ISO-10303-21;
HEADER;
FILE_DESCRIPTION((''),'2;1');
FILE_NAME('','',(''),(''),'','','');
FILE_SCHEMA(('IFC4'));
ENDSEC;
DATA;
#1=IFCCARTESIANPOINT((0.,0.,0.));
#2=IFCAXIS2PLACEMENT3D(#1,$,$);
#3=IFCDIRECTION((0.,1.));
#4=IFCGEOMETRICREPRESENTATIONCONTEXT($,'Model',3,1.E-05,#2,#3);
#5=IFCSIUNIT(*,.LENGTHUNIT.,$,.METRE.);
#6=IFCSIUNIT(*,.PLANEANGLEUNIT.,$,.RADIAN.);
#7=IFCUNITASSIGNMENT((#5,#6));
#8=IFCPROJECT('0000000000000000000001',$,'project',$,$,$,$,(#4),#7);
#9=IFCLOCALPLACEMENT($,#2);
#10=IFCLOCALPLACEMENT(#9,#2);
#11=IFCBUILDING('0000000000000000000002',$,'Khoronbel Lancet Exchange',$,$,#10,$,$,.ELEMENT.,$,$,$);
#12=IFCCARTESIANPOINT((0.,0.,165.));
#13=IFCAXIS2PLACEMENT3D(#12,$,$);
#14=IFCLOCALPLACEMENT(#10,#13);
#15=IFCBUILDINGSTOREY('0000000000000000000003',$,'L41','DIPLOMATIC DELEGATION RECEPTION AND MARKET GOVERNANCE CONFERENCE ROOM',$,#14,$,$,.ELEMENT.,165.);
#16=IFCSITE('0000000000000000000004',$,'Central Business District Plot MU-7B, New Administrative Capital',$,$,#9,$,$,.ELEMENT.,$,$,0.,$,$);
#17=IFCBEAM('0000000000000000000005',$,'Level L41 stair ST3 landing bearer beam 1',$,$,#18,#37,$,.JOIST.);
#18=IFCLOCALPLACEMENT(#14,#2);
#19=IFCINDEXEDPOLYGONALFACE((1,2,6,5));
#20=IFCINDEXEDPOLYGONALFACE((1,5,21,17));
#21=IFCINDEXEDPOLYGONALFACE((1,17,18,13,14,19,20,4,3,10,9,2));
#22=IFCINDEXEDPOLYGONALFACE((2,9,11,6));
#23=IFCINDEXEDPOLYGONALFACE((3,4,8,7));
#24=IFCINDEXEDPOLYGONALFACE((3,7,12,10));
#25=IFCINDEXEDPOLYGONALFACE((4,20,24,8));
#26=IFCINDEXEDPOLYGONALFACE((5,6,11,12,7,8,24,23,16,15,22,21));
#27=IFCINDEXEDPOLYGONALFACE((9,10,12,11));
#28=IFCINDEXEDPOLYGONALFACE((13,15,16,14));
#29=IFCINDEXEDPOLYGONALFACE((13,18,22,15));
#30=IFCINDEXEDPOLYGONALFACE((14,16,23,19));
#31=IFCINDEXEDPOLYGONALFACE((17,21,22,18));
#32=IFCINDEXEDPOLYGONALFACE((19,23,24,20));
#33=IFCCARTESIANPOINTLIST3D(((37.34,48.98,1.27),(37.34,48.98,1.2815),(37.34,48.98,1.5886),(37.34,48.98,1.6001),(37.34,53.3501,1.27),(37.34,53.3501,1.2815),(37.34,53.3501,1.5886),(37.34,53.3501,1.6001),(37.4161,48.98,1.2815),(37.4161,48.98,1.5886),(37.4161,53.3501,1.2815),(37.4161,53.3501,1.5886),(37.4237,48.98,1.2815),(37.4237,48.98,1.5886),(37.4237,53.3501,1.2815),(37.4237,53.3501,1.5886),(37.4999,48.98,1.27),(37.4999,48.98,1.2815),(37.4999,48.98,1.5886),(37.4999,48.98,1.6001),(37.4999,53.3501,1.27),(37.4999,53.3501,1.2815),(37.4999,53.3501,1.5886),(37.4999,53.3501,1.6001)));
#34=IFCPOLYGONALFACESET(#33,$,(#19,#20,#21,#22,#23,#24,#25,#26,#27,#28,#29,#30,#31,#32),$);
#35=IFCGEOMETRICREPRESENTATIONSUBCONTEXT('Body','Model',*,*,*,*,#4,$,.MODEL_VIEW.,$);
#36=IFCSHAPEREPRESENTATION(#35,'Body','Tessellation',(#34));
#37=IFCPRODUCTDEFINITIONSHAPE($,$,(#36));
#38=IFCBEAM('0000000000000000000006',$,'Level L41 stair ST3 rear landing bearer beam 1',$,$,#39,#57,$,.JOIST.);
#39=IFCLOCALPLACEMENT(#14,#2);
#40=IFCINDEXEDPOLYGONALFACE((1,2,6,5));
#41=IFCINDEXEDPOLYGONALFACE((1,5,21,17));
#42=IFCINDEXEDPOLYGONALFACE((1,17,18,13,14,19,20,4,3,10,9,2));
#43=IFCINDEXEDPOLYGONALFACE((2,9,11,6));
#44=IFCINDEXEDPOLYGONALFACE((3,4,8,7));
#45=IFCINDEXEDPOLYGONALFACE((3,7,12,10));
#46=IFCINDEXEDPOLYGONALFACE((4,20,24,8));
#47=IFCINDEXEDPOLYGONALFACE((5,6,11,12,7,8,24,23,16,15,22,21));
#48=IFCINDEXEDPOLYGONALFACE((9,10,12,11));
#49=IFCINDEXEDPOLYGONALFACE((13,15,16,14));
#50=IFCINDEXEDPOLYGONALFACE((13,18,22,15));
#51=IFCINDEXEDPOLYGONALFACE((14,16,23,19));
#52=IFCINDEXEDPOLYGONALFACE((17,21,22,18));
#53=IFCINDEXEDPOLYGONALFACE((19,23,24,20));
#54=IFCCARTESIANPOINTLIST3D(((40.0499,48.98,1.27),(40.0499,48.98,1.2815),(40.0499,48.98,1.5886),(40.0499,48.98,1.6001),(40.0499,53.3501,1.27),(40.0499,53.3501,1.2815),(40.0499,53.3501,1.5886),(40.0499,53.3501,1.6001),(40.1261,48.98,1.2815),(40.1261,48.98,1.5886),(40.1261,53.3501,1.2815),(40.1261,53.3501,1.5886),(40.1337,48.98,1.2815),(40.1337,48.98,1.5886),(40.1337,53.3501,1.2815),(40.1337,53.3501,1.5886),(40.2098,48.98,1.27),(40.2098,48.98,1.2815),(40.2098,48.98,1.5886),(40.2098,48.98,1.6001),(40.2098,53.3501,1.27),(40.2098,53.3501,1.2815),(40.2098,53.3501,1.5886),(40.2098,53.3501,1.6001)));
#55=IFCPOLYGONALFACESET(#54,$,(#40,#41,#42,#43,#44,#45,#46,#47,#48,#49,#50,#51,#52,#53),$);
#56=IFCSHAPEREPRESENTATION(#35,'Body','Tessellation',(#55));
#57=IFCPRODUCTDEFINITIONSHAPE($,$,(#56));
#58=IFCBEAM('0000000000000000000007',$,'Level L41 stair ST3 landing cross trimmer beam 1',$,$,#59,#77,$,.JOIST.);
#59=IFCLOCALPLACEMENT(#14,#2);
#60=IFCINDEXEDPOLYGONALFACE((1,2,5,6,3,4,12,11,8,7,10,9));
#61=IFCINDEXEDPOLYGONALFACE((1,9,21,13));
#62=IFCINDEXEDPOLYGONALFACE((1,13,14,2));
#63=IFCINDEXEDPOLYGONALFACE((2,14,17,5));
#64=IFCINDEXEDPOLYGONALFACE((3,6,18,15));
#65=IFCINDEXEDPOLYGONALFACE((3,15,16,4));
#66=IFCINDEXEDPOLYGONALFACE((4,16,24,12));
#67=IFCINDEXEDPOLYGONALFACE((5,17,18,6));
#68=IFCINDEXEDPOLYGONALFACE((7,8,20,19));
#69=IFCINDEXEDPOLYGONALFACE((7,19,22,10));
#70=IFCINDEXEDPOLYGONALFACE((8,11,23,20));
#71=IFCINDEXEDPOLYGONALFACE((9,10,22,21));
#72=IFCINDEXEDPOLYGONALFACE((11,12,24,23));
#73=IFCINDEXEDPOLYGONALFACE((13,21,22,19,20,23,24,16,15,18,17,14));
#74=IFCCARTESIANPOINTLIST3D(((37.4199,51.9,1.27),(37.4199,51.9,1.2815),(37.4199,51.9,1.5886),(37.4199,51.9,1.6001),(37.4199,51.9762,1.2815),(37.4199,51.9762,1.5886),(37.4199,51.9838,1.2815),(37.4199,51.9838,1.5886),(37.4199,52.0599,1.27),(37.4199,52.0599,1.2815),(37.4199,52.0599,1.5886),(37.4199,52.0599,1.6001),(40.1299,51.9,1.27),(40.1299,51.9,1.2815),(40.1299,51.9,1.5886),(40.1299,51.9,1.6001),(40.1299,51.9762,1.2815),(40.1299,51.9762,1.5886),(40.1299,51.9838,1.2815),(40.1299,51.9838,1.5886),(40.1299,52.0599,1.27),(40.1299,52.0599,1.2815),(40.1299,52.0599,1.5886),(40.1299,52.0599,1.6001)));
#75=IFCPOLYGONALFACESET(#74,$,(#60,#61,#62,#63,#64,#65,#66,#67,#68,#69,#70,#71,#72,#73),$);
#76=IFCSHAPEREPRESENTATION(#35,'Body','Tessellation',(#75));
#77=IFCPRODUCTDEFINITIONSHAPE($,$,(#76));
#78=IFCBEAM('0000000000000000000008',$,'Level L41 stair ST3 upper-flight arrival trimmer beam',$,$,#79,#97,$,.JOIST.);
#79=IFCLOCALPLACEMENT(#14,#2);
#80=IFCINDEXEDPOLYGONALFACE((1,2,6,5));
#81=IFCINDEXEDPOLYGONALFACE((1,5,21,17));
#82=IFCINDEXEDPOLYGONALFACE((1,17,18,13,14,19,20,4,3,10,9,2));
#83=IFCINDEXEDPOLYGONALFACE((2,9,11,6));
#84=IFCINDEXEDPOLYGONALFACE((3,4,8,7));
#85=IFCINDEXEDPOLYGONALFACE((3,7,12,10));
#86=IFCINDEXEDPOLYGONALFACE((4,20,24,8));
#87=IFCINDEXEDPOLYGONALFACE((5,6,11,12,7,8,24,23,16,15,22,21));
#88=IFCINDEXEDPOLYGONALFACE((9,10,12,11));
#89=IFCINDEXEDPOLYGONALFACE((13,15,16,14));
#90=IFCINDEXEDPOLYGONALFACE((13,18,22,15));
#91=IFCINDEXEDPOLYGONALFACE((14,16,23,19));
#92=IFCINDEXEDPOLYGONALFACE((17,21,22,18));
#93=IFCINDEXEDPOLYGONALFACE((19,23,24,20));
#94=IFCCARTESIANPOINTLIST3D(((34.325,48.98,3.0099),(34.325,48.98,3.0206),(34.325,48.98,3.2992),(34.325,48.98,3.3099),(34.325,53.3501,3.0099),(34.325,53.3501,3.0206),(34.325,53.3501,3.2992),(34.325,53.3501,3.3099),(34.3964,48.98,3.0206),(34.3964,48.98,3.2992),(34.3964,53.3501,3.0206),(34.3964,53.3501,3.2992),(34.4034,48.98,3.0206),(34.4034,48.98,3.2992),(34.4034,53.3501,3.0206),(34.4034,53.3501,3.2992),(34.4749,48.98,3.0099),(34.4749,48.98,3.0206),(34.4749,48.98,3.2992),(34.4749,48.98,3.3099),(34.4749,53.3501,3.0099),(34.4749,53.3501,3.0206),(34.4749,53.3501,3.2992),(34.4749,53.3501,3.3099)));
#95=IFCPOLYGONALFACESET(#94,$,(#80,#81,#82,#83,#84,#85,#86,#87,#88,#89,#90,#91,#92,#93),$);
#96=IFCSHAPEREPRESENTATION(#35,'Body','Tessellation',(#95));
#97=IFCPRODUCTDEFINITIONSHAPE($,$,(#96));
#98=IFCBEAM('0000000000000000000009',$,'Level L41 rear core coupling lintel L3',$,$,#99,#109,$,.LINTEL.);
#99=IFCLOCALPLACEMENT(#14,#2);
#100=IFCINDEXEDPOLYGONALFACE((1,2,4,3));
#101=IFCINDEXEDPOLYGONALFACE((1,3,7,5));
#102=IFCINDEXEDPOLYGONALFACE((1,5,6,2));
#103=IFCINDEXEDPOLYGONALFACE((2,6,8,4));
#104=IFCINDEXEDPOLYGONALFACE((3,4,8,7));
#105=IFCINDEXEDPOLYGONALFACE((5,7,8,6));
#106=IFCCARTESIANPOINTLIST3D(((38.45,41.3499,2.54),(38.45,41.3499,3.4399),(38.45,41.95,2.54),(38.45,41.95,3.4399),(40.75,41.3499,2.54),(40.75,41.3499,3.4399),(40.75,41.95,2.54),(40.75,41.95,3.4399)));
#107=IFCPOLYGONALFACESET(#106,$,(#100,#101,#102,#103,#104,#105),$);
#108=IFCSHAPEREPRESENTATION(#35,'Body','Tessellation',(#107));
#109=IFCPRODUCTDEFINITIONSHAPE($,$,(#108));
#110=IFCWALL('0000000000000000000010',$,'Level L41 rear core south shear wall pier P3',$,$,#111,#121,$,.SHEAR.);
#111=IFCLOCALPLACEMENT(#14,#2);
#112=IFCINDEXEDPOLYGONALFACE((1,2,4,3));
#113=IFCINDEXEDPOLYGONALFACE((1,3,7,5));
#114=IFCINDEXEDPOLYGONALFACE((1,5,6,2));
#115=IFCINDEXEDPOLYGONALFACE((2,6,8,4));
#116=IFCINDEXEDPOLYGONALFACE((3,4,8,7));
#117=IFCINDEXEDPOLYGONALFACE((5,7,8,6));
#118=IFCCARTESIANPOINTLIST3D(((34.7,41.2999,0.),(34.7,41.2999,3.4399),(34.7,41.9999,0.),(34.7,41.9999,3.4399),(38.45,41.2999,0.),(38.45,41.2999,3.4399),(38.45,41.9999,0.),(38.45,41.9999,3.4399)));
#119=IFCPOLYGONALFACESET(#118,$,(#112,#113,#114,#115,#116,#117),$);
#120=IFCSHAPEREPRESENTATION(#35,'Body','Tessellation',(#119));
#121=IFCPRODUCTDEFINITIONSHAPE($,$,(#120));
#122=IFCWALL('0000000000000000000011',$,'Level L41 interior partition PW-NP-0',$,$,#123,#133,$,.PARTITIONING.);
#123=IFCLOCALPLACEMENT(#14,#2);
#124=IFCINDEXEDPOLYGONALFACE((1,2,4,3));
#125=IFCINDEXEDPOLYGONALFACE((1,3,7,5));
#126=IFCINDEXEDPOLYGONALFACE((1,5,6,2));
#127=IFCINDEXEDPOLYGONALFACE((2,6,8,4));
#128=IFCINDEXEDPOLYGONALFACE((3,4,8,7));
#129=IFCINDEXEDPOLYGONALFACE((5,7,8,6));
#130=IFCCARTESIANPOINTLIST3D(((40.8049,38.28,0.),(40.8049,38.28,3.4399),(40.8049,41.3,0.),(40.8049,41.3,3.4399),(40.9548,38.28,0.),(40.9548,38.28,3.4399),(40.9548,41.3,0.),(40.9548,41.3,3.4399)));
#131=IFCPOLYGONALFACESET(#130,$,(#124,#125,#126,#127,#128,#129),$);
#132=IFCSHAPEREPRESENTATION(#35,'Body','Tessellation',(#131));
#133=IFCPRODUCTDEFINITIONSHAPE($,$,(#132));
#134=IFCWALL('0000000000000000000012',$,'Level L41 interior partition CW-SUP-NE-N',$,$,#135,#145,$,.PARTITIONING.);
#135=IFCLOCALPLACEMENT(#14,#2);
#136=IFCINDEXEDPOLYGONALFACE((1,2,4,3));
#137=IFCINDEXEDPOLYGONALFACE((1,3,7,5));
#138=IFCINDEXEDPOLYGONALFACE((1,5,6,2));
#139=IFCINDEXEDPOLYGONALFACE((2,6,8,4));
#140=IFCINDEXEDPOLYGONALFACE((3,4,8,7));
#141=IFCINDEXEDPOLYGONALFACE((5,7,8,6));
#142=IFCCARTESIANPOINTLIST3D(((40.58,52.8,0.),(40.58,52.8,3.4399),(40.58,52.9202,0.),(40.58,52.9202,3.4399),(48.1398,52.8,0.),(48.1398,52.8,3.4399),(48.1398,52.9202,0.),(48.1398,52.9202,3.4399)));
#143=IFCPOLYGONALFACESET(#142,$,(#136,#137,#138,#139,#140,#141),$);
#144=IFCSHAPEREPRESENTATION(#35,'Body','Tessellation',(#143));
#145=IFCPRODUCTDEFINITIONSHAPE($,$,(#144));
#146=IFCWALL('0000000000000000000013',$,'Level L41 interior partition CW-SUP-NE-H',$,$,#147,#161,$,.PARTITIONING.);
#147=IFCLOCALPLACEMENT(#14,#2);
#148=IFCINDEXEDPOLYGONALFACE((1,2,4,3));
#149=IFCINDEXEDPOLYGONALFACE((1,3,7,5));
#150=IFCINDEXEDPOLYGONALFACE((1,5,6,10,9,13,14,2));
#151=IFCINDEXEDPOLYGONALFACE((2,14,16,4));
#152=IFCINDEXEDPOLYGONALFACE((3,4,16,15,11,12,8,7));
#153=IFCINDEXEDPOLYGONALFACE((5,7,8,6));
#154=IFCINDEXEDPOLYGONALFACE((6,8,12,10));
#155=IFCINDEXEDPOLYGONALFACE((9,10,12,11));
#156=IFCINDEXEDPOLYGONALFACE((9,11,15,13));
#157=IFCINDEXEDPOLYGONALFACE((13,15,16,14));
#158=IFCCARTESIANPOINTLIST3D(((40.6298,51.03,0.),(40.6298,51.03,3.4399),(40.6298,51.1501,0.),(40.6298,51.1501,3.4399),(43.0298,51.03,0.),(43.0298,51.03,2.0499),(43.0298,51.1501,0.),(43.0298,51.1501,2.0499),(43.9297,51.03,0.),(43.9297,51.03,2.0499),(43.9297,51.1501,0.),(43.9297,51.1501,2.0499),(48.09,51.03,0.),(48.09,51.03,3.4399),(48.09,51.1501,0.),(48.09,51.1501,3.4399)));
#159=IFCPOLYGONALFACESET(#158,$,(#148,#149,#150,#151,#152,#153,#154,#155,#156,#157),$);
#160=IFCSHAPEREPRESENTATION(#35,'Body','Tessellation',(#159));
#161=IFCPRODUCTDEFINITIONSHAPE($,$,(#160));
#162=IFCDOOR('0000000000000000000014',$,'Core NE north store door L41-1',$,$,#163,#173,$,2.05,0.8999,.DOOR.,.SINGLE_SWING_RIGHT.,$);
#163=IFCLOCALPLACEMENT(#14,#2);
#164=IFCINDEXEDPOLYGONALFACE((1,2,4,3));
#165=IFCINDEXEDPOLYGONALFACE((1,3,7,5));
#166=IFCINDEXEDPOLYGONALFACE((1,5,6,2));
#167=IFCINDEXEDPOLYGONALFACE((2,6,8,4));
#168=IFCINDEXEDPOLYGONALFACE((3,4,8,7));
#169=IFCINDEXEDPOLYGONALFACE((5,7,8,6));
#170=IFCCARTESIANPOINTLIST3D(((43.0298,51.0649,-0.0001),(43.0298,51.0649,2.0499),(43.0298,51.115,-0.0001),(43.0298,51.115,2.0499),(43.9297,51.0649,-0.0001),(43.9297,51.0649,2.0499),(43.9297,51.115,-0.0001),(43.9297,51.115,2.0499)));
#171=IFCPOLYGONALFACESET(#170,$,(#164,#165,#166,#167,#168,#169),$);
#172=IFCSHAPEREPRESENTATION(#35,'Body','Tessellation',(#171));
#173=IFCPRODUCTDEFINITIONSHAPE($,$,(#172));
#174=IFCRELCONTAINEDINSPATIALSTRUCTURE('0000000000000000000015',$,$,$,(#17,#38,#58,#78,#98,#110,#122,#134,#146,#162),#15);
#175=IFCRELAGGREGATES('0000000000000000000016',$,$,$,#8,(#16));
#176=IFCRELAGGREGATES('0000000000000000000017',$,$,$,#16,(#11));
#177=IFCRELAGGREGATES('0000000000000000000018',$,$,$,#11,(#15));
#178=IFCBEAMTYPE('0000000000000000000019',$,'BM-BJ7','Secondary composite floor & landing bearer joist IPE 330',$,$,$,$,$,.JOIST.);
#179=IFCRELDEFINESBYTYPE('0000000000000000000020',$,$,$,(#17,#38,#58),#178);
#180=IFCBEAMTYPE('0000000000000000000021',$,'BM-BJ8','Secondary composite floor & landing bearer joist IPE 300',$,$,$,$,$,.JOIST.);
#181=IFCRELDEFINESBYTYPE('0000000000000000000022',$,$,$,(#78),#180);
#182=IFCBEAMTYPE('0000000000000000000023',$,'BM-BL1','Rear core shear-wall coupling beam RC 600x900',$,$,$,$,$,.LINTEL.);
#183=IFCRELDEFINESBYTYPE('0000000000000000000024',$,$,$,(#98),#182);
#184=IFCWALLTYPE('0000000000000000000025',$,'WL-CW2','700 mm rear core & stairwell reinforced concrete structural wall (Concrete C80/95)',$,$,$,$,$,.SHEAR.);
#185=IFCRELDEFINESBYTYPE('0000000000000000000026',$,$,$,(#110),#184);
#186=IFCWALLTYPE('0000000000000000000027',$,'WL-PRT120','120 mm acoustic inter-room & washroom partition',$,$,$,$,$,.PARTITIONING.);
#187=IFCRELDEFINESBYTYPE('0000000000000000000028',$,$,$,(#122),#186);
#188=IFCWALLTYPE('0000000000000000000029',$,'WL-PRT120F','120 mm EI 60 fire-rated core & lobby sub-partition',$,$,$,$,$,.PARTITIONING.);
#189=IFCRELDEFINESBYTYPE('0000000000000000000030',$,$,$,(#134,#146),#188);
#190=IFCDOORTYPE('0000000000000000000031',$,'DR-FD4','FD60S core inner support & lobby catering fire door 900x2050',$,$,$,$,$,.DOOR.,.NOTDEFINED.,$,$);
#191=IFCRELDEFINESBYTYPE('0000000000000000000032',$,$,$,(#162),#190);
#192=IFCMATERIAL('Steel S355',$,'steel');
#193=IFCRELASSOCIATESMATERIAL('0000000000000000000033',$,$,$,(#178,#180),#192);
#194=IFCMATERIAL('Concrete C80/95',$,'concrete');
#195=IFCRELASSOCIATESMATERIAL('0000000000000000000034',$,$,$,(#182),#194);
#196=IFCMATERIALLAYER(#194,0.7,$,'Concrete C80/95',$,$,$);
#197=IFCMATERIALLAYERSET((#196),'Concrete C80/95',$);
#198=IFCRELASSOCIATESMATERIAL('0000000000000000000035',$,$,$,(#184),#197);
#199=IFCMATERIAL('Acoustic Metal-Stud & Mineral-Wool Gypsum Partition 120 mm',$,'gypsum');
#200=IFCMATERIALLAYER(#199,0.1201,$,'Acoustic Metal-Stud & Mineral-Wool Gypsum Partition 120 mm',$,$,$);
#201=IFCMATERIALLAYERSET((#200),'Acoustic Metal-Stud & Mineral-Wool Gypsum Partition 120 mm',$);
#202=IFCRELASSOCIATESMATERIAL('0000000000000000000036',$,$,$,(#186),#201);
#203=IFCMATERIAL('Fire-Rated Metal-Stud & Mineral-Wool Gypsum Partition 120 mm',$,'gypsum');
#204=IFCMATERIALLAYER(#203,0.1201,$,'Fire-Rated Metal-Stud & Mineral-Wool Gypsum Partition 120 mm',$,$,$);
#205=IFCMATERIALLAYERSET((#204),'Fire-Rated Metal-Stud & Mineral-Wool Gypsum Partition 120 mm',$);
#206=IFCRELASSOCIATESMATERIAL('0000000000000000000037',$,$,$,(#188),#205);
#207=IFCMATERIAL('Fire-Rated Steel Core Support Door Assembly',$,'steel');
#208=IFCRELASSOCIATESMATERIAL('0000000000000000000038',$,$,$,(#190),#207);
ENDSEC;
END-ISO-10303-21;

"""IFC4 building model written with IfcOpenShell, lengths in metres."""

from ifc_helpers import new_model, si_unit, direction, frame, frame_2d, origin, origin_2d, place, context, subcontext, project, spatial, rectangle, i_section, extrude, material, layer, layer_set, material_profile, profile_set, type_object, element, fill, save


model = new_model("IFC4")

# Units and contexts
model_context = context("Model", 3, precision=1e-05, world=origin(), true_north=direction((0.0, 1.0)))
body_context = subcontext(model_context, "Body", "Model", "MODEL_VIEW")
ifc_project = project(units=[si_unit("LENGTHUNIT", "METRE"), si_unit("PLANEANGLEUNIT", "RADIAN")], contexts=[model_context])

# Site, building, storey
site_placement = place(None, origin())
site = spatial("IfcSite", under=ifc_project, at=site_placement, Name="Central Business District Plot MU-7B, New Administrative Capital", CompositionType="ELEMENT", RefElevation=0.0)
building_placement = place(site_placement, origin())
building = spatial("IfcBuilding", under=site, at=building_placement, Name="Khoronbel Lancet Exchange", CompositionType="ELEMENT")
storey_placement = place(building_placement, frame((0.0, 0.0, 165.0)))
storey = spatial("IfcBuildingStorey", under=building, at=storey_placement, Name="L41", Description="DIPLOMATIC DELEGATION RECEPTION AND MARKET GOVERNANCE CONFERENCE ROOM", CompositionType="ELEMENT", Elevation=165.0)

# Beams
ifc_material_1 = material(Name="Steel S355", Category="steel")
ifc_material_profile_1 = material_profile(ifc_material_1, i_section(OverallWidth=0.1599, OverallDepth=0.3301, WebThickness=0.0076, FlangeThickness=0.0115, at=origin_2d()), Name="IPE 330")
ifc_profile_set_1 = profile_set([ifc_material_profile_1], Name="Steel S355")
beam_type_1 = type_object("IfcBeamType", Name="BM-BJ7", Description="Secondary composite floor & landing bearer joist IPE 330", PredefinedType="JOIST", material=ifc_profile_set_1)
for number, where, z_axis, x_axis, name in (
    (1, (37.4199, 48.98, 1.4351), (0.0, 1.0, 0.0), (-1.0, 0.0, 0.0), "Level L41 stair ST3 landing bearer beam 1"),
    (2, (40.1299, 48.98, 1.4351), (0.0, 1.0, 0.0), (-1.0, 0.0, 0.0), "Level L41 stair ST3 rear landing bearer beam 1"),
):
    element("IfcBeam", number, at=place(storey_placement, frame(where, z_axis=z_axis, x_axis=x_axis)), inside=storey, type_object=beam_type_1, Name=name, PredefinedType="JOIST", context=body_context, shape_type="SweptSolid", body=[
        extrude(i_section(OverallWidth=0.1599, OverallDepth=0.3301, WebThickness=0.0076, FlangeThickness=0.0115, at=origin_2d()), origin(), (0.0, 0.0, 1.0), 4.3701),
    ])
beam_1_placement = place(storey_placement, frame((37.4199, 51.98, 1.4351), z_axis=(1.0, 0.0, 0.0), x_axis=(0.0, 1.0, 0.0)))
element("IfcBeam", 3, at=beam_1_placement, inside=storey, type_object=beam_type_1, Name="Level L41 stair ST3 landing cross trimmer beam 1", PredefinedType="JOIST", context=body_context, shape_type="SweptSolid", body=[
    extrude(i_section(OverallWidth=0.1599, OverallDepth=0.3301, WebThickness=0.0076, FlangeThickness=0.0115, at=origin_2d()), origin(), (0.0, 0.0, 1.0), 2.71),
])
ifc_material_profile_2 = material_profile(ifc_material_1, i_section(OverallWidth=0.1499, OverallDepth=0.3, WebThickness=0.0071, FlangeThickness=0.0107, at=origin_2d()), Name="IPE 300")
ifc_profile_set_2 = profile_set([ifc_material_profile_2], Name="Steel S355")
beam_type_2 = type_object("IfcBeamType", Name="BM-BJ8", Description="Secondary composite floor & landing bearer joist IPE 300", PredefinedType="JOIST", material=ifc_profile_set_2)
beam_2_placement = place(storey_placement, frame((34.3999, 48.98, 3.1599), z_axis=(0.0, 1.0, 0.0), x_axis=(-1.0, 0.0, 0.0)))
element("IfcBeam", 4, at=beam_2_placement, inside=storey, type_object=beam_type_2, Name="Level L41 stair ST3 upper-flight arrival trimmer beam", PredefinedType="JOIST", context=body_context, shape_type="SweptSolid", body=[
    extrude(i_section(OverallWidth=0.1499, OverallDepth=0.3, WebThickness=0.0071, FlangeThickness=0.0107, at=origin_2d()), origin(), (0.0, 0.0, 1.0), 4.3701),
])
ifc_material_2 = material(Name="Concrete C80/95", Category="concrete")
ifc_material_profile_3 = material_profile(ifc_material_2, rectangle(XDim=0.6001, YDim=0.8999, at=origin_2d()), Name="RC 600x900")
ifc_profile_set_3 = profile_set([ifc_material_profile_3], Name="Concrete C80/95")
beam_type_3 = type_object("IfcBeamType", Name="BM-BL1", Description="Rear core shear-wall coupling beam RC 600x900", PredefinedType="LINTEL", material=ifc_profile_set_3)
beam_3_placement = place(storey_placement, frame((38.45, 41.6499, 2.99), z_axis=(1.0, 0.0, 0.0), x_axis=(0.0, 1.0, 0.0)))
element("IfcBeam", 5, at=beam_3_placement, inside=storey, type_object=beam_type_3, Name="Level L41 rear core coupling lintel L3", PredefinedType="LINTEL", context=body_context, shape_type="SweptSolid", body=[
    extrude(rectangle(XDim=0.6001, YDim=0.8999, at=origin_2d()), origin(), (0.0, 0.0, 1.0), 2.3),
])

# Walls
ifc_layer_1 = layer(ifc_material_2, 0.7, Name="Concrete C80/95")
ifc_layer_set_1 = layer_set([ifc_layer_1], Name="Concrete C80/95")
wall_type_1 = type_object("IfcWallType", Name="WL-CW2", Description="700 mm rear core & stairwell reinforced concrete structural wall (Concrete C80/95)", PredefinedType="SHEAR", material=ifc_layer_set_1)
wall_1_placement = place(storey_placement, frame((38.45, 41.6499, 0.0), z_axis=(0.0, 0.0, 1.0), x_axis=(-1.0, 0.0, 0.0)))
element("IfcWall", 6, at=wall_1_placement, inside=storey, type_object=wall_type_1, Name="Level L41 rear core south shear wall pier P3", PredefinedType="SHEAR", context=body_context, shape_type="SweptSolid", body=[
    extrude(rectangle(XDim=3.75, YDim=0.7, at=frame_2d((1.875, 0.0))), origin(), (0.0, 0.0, 1.0), 3.4399),
])
ifc_material_3 = material(Name="Acoustic Metal-Stud & Mineral-Wool Gypsum Partition 120 mm", Category="gypsum")
ifc_layer_2 = layer(ifc_material_3, 0.1201, Name="Acoustic Metal-Stud & Mineral-Wool Gypsum Partition 120 mm")
ifc_layer_set_2 = layer_set([ifc_layer_2], Name="Acoustic Metal-Stud & Mineral-Wool Gypsum Partition 120 mm")
wall_type_2 = type_object("IfcWallType", Name="WL-PRT120", Description="120 mm acoustic inter-room & washroom partition", PredefinedType="PARTITIONING", material=ifc_layer_set_2)
wall_2_placement = place(storey_placement, frame((40.8799, 38.28, 0.0), z_axis=(0.0, 0.0, 1.0), x_axis=(0.0, 1.0, 0.0)))
element("IfcWall", 7, at=wall_2_placement, inside=storey, type_object=wall_type_2, Name="Level L41 interior partition PW-NP-0", PredefinedType="PARTITIONING", context=body_context, shape_type="SweptSolid", body=[
    extrude(rectangle(XDim=3.02, YDim=0.1499, at=frame_2d((1.51, 0.0))), origin(), (0.0, 0.0, 1.0), 3.4399),
])
ifc_material_4 = material(Name="Fire-Rated Metal-Stud & Mineral-Wool Gypsum Partition 120 mm", Category="gypsum")
ifc_layer_3 = layer(ifc_material_4, 0.1201, Name="Fire-Rated Metal-Stud & Mineral-Wool Gypsum Partition 120 mm")
ifc_layer_set_3 = layer_set([ifc_layer_3], Name="Fire-Rated Metal-Stud & Mineral-Wool Gypsum Partition 120 mm")
wall_type_3 = type_object("IfcWallType", Name="WL-PRT120F", Description="120 mm EI 60 fire-rated core & lobby sub-partition", PredefinedType="PARTITIONING", material=ifc_layer_set_3)
wall_3_placement = place(storey_placement, frame((40.5801, 52.8601, 0.0), z_axis=(0.0, 0.0, 1.0), x_axis=(1.0, 0.0, 0.0)))
element("IfcWall", 8, at=wall_3_placement, inside=storey, type_object=wall_type_3, Name="Level L41 interior partition CW-SUP-NE-N", PredefinedType="PARTITIONING", context=body_context, shape_type="SweptSolid", body=[
    extrude(rectangle(XDim=7.5598, YDim=0.1201, at=frame_2d((3.7798, 0.0))), origin(), (0.0, 0.0, 1.0), 3.4399),
])

# Wall, opening, door
wall_4_placement = place(storey_placement, frame((40.6299, 51.0901, 0.0), z_axis=(0.0, 0.0, 1.0), x_axis=(1.0, 0.0, 0.0)))
wall_4 = element("IfcWall", 9, at=wall_4_placement, inside=storey, type_object=wall_type_3, Name="Level L41 interior partition CW-SUP-NE-H", PredefinedType="PARTITIONING", context=body_context, shape_type="SweptSolid", body=[
    extrude(rectangle(XDim=7.4602, YDim=0.1201, at=frame_2d((3.73, 0.0))), origin(), (0.0, 0.0, 1.0), 3.4399),
])
opening_1_placement = place(wall_4_placement, frame((2.3999, 0.0, 0.0)))
opening_1 = element("IfcOpeningElement", 10, at=opening_1_placement, cuts=wall_4, PredefinedType="OPENING", context=body_context, shape_type="SweptSolid", body=[
    extrude(rectangle(XDim=0.8999, YDim=2.05, at=frame_2d((0.45, 1.0249))), frame((0.0, 0.0701, 0.0), z_axis=(0.0, -1.0, 0.0), x_axis=(1.0, 0.0, 0.0)), (0.0, 0.0, 1.0), 0.1401),
])
ifc_material_5 = material(Name="Fire-Rated Steel Core Support Door Assembly", Category="steel")
door_type_1 = type_object("IfcDoorType", Name="DR-FD4", Description="FD60S core inner support & lobby catering fire door 900x2050", OperationType="NOTDEFINED", PredefinedType="DOOR", material=ifc_material_5)
door_1_placement = place(opening_1_placement, origin())
door_1 = element("IfcDoor", 11, at=door_1_placement, inside=storey, type_object=door_type_1, Name="Core NE north store door L41-1", OperationType="SINGLE_SWING_RIGHT", OverallHeight=2.05, OverallWidth=0.8999, PredefinedType="DOOR", context=body_context, shape_type="SweptSolid", body=[
    extrude(rectangle(XDim=0.8999, YDim=2.05, at=frame_2d((0.45, 1.0249))), frame((0.0, 0.0249, 0.0), z_axis=(0.0, -1.0, 0.0), x_axis=(1.0, 0.0, 0.0)), (0.0, 0.0, 1.0), 0.05),
])
fill(opening_1, door_1)

save(model, "model.ifc")
